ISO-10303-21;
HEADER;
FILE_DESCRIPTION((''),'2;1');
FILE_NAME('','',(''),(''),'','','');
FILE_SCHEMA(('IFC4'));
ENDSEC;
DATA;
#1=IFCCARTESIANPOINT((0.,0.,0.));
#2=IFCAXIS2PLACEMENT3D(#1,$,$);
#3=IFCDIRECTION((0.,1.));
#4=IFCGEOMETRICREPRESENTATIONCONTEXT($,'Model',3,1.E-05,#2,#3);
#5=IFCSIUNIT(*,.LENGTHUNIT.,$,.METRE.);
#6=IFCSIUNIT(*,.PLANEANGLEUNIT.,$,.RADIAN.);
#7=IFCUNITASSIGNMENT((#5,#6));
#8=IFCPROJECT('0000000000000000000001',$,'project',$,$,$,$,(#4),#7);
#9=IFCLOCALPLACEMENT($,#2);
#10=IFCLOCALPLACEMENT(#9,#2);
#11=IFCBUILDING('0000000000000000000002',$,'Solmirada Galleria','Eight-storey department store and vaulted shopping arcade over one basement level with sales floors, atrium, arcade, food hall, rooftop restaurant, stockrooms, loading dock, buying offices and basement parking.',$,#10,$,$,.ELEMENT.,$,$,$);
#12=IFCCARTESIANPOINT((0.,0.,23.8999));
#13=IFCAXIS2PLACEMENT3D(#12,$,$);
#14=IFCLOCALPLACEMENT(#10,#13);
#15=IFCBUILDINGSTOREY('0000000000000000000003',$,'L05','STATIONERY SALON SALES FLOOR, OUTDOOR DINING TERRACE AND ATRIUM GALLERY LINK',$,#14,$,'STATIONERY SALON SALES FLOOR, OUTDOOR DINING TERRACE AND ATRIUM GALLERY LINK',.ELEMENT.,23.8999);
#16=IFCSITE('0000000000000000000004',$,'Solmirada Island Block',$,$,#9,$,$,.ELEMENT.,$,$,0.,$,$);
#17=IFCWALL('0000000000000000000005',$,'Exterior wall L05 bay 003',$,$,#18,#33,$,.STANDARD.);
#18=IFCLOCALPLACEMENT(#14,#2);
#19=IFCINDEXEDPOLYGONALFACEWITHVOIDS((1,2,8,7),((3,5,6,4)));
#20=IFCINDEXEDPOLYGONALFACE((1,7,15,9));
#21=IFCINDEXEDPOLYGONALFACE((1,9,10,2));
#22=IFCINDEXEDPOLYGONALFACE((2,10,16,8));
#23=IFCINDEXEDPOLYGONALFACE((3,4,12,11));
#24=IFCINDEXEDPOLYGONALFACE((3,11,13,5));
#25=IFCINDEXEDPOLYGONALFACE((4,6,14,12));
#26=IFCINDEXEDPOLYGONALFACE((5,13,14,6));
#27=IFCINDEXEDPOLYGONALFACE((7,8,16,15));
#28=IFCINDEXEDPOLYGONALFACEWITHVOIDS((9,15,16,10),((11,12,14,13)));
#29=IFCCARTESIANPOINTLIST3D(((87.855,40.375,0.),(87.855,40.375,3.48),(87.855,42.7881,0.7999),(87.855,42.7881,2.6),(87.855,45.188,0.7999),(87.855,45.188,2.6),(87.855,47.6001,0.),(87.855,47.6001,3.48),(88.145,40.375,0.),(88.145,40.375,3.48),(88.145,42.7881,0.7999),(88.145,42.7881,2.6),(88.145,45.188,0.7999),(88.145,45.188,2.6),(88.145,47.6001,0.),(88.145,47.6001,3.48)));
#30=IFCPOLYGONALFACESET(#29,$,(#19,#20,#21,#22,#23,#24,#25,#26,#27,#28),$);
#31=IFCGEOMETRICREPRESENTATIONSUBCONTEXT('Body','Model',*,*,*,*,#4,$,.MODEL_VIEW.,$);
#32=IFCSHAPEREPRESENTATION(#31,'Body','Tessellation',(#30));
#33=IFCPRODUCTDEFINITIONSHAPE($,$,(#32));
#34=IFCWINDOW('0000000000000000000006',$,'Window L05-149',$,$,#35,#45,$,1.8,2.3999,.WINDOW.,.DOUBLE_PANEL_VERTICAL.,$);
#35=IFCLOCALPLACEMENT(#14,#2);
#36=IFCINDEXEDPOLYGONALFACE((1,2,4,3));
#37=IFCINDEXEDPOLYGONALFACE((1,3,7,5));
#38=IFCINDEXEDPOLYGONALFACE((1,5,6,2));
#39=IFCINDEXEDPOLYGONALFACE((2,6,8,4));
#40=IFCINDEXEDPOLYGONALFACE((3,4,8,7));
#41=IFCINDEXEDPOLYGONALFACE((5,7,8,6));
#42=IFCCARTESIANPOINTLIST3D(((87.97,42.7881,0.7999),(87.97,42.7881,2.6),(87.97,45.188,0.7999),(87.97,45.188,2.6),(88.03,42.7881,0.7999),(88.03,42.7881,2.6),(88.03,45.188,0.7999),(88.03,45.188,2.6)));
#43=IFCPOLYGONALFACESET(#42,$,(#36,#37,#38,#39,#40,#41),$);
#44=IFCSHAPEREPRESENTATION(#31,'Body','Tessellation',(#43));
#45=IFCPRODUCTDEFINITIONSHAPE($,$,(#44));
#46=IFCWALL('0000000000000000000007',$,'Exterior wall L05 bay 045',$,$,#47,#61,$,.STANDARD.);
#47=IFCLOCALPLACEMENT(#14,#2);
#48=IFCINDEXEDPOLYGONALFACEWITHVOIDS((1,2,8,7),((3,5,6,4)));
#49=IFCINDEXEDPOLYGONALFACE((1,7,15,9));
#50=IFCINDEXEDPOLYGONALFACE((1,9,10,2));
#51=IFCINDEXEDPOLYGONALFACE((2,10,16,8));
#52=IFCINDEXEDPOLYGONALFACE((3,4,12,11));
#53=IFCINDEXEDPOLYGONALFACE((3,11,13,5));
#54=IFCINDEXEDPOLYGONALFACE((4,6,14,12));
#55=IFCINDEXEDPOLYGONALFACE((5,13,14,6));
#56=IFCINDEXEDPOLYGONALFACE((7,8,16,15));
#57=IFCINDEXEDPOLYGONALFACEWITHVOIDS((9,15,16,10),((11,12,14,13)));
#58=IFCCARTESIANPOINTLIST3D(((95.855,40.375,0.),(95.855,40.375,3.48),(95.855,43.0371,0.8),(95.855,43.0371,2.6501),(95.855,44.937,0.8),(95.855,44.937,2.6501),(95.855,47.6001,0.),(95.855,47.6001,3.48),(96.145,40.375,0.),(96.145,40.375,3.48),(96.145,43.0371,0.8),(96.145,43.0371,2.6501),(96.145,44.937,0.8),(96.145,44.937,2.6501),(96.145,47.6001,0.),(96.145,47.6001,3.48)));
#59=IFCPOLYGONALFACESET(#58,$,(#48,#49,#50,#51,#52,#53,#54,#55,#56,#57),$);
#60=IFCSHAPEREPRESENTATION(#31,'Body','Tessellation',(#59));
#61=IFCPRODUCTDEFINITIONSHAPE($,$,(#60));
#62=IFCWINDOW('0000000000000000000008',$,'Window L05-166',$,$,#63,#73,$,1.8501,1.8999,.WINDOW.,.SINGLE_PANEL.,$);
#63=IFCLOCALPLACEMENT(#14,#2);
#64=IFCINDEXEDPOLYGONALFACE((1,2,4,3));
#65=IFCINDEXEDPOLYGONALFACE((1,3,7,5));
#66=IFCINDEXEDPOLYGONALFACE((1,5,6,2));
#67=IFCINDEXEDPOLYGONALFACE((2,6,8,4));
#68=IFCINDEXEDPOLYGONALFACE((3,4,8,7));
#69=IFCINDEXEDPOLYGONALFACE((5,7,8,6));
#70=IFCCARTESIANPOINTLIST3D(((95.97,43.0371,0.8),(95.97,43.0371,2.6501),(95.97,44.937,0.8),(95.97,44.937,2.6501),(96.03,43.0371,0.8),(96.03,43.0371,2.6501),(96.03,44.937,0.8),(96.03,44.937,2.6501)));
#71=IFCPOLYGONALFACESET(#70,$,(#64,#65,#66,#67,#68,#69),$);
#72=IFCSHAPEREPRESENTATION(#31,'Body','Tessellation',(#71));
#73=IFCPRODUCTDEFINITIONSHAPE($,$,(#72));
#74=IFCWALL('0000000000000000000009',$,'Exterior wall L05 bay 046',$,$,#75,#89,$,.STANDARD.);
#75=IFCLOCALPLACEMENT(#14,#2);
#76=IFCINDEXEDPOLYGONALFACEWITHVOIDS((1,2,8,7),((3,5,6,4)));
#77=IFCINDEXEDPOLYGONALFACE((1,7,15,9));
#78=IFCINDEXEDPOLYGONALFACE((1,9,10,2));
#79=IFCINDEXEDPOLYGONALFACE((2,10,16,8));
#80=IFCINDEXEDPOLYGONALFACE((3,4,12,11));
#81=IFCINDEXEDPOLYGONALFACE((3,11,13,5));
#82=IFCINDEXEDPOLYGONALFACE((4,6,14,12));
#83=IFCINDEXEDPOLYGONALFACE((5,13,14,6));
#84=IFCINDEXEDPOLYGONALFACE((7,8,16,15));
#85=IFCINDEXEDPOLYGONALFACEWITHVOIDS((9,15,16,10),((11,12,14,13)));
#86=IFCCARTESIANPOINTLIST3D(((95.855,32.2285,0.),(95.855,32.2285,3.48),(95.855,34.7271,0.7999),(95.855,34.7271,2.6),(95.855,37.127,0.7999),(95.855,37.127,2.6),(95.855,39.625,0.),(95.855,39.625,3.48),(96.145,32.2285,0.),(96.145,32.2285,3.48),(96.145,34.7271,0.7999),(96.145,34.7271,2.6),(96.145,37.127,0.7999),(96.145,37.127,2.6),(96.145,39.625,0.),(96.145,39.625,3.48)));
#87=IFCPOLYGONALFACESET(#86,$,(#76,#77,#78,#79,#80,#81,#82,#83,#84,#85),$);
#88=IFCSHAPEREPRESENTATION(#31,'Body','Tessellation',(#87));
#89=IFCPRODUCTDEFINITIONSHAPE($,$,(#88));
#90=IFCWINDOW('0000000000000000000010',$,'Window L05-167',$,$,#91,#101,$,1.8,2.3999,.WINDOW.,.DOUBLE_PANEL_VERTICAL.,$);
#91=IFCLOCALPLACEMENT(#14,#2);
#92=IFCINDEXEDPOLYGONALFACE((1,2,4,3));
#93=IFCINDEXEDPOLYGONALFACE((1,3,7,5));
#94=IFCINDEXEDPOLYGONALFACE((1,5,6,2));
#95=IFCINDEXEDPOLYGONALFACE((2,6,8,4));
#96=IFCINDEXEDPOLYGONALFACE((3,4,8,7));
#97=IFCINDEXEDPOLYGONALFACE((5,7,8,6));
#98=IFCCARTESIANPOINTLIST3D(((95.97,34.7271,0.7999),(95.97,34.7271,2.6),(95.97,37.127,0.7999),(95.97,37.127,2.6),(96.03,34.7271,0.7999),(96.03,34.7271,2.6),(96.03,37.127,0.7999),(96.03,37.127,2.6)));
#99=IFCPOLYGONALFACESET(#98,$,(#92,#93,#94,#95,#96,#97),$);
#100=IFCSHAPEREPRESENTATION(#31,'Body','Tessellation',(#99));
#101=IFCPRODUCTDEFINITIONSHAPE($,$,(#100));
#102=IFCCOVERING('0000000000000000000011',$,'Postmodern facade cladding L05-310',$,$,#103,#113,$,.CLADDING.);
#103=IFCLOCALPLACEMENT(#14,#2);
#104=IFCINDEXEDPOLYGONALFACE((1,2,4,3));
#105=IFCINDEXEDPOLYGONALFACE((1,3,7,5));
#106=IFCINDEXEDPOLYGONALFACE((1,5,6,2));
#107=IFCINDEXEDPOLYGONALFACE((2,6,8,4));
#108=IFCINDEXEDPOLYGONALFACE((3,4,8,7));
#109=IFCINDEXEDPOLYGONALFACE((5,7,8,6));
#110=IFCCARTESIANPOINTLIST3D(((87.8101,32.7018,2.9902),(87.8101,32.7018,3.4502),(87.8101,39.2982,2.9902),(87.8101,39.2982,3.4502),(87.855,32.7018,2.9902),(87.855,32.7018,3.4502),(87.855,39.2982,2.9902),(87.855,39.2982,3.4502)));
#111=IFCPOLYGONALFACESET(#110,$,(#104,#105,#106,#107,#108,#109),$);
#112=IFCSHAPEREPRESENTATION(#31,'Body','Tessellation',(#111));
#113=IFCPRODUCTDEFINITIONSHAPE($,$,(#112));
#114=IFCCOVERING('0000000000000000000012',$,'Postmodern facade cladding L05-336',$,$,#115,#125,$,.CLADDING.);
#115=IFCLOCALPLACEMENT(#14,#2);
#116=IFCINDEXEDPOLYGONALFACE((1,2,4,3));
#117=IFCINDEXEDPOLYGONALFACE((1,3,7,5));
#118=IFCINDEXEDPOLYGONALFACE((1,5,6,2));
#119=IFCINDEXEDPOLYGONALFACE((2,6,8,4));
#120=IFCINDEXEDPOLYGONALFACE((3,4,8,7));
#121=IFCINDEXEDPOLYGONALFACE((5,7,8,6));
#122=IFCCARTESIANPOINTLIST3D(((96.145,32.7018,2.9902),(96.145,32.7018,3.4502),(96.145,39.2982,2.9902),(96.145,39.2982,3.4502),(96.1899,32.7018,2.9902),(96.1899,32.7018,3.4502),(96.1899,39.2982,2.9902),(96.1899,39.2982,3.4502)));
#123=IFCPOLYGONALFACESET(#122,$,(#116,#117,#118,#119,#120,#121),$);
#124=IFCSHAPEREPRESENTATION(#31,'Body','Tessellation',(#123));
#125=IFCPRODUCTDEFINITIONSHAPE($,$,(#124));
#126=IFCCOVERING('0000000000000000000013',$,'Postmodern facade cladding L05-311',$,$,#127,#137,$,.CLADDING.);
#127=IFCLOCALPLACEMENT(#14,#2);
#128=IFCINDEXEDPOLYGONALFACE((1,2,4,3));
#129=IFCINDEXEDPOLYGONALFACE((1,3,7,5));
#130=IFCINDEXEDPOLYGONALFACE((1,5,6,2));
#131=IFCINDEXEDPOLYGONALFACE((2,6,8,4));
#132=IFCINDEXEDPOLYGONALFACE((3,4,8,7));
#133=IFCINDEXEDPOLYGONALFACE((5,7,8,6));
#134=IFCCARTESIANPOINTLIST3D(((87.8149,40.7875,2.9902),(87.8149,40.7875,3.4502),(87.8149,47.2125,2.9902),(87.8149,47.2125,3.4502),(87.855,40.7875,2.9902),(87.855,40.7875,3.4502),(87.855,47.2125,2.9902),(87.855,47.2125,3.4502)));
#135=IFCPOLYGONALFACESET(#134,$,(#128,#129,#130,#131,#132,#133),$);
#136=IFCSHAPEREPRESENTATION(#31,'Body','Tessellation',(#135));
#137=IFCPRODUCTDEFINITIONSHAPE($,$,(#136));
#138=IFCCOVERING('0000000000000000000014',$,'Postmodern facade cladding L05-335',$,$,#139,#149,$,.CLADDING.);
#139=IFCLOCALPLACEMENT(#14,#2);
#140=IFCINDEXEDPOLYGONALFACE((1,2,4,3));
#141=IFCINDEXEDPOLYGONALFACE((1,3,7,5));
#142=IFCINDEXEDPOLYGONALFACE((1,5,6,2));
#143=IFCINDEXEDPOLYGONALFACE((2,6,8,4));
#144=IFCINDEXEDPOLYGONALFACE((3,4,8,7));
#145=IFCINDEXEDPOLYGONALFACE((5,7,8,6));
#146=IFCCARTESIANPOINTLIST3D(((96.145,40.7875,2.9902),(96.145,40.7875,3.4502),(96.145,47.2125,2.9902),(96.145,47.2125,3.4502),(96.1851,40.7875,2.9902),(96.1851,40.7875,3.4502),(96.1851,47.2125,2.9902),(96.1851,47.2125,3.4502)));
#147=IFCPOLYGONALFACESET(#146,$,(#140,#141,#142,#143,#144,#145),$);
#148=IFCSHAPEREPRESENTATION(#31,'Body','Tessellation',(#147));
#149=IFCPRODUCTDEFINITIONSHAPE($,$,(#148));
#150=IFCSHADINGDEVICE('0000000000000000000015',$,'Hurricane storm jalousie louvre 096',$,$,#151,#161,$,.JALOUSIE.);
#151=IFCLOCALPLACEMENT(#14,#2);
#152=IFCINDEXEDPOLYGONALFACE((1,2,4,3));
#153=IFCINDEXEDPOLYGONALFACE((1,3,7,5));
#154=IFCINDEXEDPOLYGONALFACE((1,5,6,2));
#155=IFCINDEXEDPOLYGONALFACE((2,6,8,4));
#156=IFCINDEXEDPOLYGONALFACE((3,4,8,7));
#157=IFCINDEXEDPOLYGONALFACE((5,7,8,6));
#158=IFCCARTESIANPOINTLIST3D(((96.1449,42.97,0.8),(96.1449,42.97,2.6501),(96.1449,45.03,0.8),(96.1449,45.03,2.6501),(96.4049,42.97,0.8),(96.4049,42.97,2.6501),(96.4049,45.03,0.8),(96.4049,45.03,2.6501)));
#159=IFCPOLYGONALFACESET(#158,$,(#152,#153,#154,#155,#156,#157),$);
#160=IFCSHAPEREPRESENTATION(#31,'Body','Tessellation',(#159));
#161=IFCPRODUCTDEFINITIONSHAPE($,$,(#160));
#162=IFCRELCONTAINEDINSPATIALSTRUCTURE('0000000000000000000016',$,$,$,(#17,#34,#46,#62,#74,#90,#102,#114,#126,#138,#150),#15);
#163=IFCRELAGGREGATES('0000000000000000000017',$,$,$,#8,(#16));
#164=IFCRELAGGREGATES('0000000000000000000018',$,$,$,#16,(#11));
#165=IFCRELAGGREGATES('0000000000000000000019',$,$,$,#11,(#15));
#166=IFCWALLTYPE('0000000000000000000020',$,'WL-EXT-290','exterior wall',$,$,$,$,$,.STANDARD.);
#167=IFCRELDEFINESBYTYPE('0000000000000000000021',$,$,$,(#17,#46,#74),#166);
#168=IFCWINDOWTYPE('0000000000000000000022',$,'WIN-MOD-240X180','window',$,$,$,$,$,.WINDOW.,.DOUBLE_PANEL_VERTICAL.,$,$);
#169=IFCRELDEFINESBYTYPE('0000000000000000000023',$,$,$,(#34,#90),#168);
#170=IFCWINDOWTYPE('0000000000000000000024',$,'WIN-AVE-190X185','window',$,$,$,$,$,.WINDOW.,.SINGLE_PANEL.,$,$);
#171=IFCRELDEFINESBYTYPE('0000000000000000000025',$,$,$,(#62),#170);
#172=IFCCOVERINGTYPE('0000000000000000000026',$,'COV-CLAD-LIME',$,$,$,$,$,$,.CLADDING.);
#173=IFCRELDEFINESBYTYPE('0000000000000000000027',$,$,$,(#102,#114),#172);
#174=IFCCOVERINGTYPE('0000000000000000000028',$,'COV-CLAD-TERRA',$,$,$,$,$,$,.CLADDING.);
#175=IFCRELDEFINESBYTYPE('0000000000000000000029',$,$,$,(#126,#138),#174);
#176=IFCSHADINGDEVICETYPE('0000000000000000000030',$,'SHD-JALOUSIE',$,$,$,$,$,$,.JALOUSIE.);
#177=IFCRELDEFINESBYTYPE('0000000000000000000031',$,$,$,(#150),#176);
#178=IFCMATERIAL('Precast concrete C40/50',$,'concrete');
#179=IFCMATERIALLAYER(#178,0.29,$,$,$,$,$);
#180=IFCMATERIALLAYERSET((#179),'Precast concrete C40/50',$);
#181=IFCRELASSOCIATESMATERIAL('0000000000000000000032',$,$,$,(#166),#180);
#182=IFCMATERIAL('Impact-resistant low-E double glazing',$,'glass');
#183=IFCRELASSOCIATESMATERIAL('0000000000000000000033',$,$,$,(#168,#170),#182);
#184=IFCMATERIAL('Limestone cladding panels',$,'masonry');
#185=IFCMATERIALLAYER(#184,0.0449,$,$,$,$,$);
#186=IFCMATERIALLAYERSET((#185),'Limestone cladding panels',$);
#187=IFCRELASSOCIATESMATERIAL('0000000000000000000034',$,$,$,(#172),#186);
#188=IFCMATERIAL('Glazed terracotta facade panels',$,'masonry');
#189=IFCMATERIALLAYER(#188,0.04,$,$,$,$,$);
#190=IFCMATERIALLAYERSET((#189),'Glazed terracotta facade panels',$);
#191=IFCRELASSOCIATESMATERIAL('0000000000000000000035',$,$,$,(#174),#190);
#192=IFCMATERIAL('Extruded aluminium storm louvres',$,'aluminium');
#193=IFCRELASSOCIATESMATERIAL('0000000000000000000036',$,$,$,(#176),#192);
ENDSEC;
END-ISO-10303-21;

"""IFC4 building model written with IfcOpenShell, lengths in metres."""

from ifc_helpers import new_model, si_unit, direction, frame, frame_2d, origin, origin_2d, place, context, subcontext, project, spatial, rectangle, extrude, material, layer, layer_set, type_object, element, fill, save


model = new_model("IFC4")

# Units and contexts
model_context = context("Model", 3, precision=1e-05, world=origin(), true_north=direction((0.0, 1.0)))
body_context = subcontext(model_context, "Body", "Model", "MODEL_VIEW")
ifc_project = project(units=[si_unit("LENGTHUNIT", "METRE"), si_unit("PLANEANGLEUNIT", "RADIAN")], contexts=[model_context])

# Site, building, storey
site_placement = place(None, origin())
site = spatial("IfcSite", under=ifc_project, at=site_placement, Name="Solmirada Island Block", CompositionType="ELEMENT", RefElevation=0.0)
building_placement = place(site_placement, origin())
building = spatial("IfcBuilding", under=site, at=building_placement, Name="Solmirada Galleria", Description="Eight-storey department store and vaulted shopping arcade over one basement level with sales floors, atrium, arcade, food hall, rooftop restaurant, stockrooms, loading dock, buying offices and basement parking.", CompositionType="ELEMENT")
storey_placement = place(building_placement, frame((0.0, 0.0, 23.8999)))
storey = spatial("IfcBuildingStorey", under=building, at=storey_placement, Name="L05", Description="STATIONERY SALON SALES FLOOR, OUTDOOR DINING TERRACE AND ATRIUM GALLERY LINK", LongName="STATIONERY SALON SALES FLOOR, OUTDOOR DINING TERRACE AND ATRIUM GALLERY LINK", CompositionType="ELEMENT", Elevation=23.8999)

# Shared definitions
ifc_material_1 = material(Name="Impact-resistant low-E double glazing", Category="glass")

# Walls, openings, windows
ifc_material_2 = material(Name="Precast concrete C40/50", Category="concrete")
ifc_layer_1 = layer(ifc_material_2, 0.29)
ifc_layer_set_1 = layer_set([ifc_layer_1], Name="Precast concrete C40/50")
wall_type = type_object("IfcWallType", Name="WL-EXT-290", Description="exterior wall", PredefinedType="STANDARD", material=ifc_layer_set_1)
wall_1_placement = place(storey_placement, frame((88.0, 40.375, 0.0), z_axis=(0.0, 0.0, 1.0), x_axis=(0.0, 1.0, 0.0)))
wall_1 = element("IfcWall", 1, at=wall_1_placement, inside=storey, type_object=wall_type, Name="Exterior wall L05 bay 003", PredefinedType="STANDARD", context=body_context, shape_type="SweptSolid", body=[
    extrude(rectangle(XDim=7.2251, YDim=0.29, at=frame_2d((3.6125, 0.0))), origin(), (0.0, 0.0, 1.0), 3.48),
])
opening_1_placement = place(wall_1_placement, frame((2.4131, 0.0, 0.8)))
opening_1 = element("IfcOpeningElement", 2, at=opening_1_placement, cuts=wall_1, PredefinedType="OPENING", context=body_context, shape_type="SweptSolid", body=[
    extrude(rectangle(XDim=2.3999, YDim=1.8, at=frame_2d((1.2, 0.8999))), frame((0.0, 0.155, 0.0), z_axis=(0.0, -1.0, 0.0), x_axis=(1.0, 0.0, 0.0)), (0.0, 0.0, 1.0), 0.3101),
])
window_type_1 = type_object("IfcWindowType", Name="WIN-MOD-240X180", Description="window", PartitioningType="DOUBLE_PANEL_VERTICAL", PredefinedType="WINDOW", material=ifc_material_1)
window_1_placement = place(opening_1_placement, origin())
window_1 = element("IfcWindow", 3, at=window_1_placement, inside=storey, type_object=window_type_1, Name="Window L05-149", OverallHeight=1.8, OverallWidth=2.3999, PartitioningType="DOUBLE_PANEL_VERTICAL", PredefinedType="WINDOW", context=body_context, shape_type="SweptSolid", body=[
    extrude(rectangle(XDim=2.3999, YDim=1.8, at=frame_2d((1.2, 0.8999))), frame((0.0, 0.03, 0.0), z_axis=(0.0, -1.0, 0.0), x_axis=(1.0, 0.0, 0.0)), (0.0, 0.0, 1.0), 0.0601),
])
fill(opening_1, window_1)
wall_2_placement = place(storey_placement, frame((96.0, 47.6001, 0.0), z_axis=(0.0, 0.0, 1.0), x_axis=(0.0, -1.0, 0.0)))
wall_2 = element("IfcWall", 4, at=wall_2_placement, inside=storey, type_object=wall_type, Name="Exterior wall L05 bay 045", PredefinedType="STANDARD", context=body_context, shape_type="SweptSolid", body=[
    extrude(rectangle(XDim=7.2251, YDim=0.29, at=frame_2d((3.6125, 0.0))), origin(), (0.0, 0.0, 1.0), 3.48),
])
opening_2_placement = place(wall_2_placement, frame((2.6631, 0.0, 0.8)))
opening_2 = element("IfcOpeningElement", 5, at=opening_2_placement, cuts=wall_2, PredefinedType="OPENING", context=body_context, shape_type="SweptSolid", body=[
    extrude(rectangle(XDim=1.8999, YDim=1.8501, at=frame_2d((0.95, 0.925))), frame((0.0, 0.155, 0.0), z_axis=(0.0, -1.0, 0.0), x_axis=(1.0, 0.0, 0.0)), (0.0, 0.0, 1.0), 0.3101),
])
window_type_2 = type_object("IfcWindowType", Name="WIN-AVE-190X185", Description="window", PartitioningType="SINGLE_PANEL", PredefinedType="WINDOW", material=ifc_material_1)
window_2_placement = place(opening_2_placement, origin())
window_2 = element("IfcWindow", 6, at=window_2_placement, inside=storey, type_object=window_type_2, Name="Window L05-166", OverallHeight=1.8501, OverallWidth=1.8999, PartitioningType="SINGLE_PANEL", PredefinedType="WINDOW", context=body_context, shape_type="SweptSolid", body=[
    extrude(rectangle(XDim=1.8999, YDim=1.8501, at=frame_2d((0.95, 0.925))), frame((0.0, 0.03, 0.0), z_axis=(0.0, -1.0, 0.0), x_axis=(1.0, 0.0, 0.0)), (0.0, 0.0, 1.0), 0.0601),
])
fill(opening_2, window_2)
wall_3_placement = place(storey_placement, frame((96.0, 39.625, 0.0), z_axis=(0.0, 0.0, 1.0), x_axis=(0.0, -1.0, 0.0)))
wall_3 = element("IfcWall", 7, at=wall_3_placement, inside=storey, type_object=wall_type, Name="Exterior wall L05 bay 046", PredefinedType="STANDARD", context=body_context, shape_type="SweptSolid", body=[
    extrude(rectangle(XDim=7.3965, YDim=0.29, at=frame_2d((3.6982, 0.0))), origin(), (0.0, 0.0, 1.0), 3.48),
])
opening_3_placement = place(wall_3_placement, frame((2.498, 0.0, 0.8)))
opening_3 = element("IfcOpeningElement", 8, at=opening_3_placement, cuts=wall_3, PredefinedType="OPENING", context=body_context, shape_type="SweptSolid", body=[
    extrude(rectangle(XDim=2.3999, YDim=1.8, at=frame_2d((1.2, 0.8999))), frame((0.0, 0.155, 0.0), z_axis=(0.0, -1.0, 0.0), x_axis=(1.0, 0.0, 0.0)), (0.0, 0.0, 1.0), 0.3101),
])
window_3_placement = place(opening_3_placement, origin())
window_3 = element("IfcWindow", 9, at=window_3_placement, inside=storey, type_object=window_type_1, Name="Window L05-167", OverallHeight=1.8, OverallWidth=2.3999, PartitioningType="DOUBLE_PANEL_VERTICAL", PredefinedType="WINDOW", context=body_context, shape_type="SweptSolid", body=[
    extrude(rectangle(XDim=2.3999, YDim=1.8, at=frame_2d((1.2, 0.8999))), frame((0.0, 0.03, 0.0), z_axis=(0.0, -1.0, 0.0), x_axis=(1.0, 0.0, 0.0)), (0.0, 0.0, 1.0), 0.0601),
])
fill(opening_3, window_3)

# Coverings
ifc_material_3 = material(Name="Limestone cladding panels", Category="masonry")
ifc_layer_2 = layer(ifc_material_3, 0.0449)
ifc_layer_set_2 = layer_set([ifc_layer_2], Name="Limestone cladding panels")
covering_type_1 = type_object("IfcCoveringType", Name="COV-CLAD-LIME", PredefinedType="CLADDING", material=ifc_layer_set_2)
for number, where, z_axis, x_axis, name in (
    (10, (87.8325, 36.0, 2.9902), (0.0, 0.0, 1.0), (0.0, 1.0, 0.0), "Postmodern facade cladding L05-310"),
    (11, (96.1675, 36.0, 2.9902), (0.0, 0.0, 1.0), (0.0, -1.0, 0.0), "Postmodern facade cladding L05-336"),
):
    element("IfcCovering", number, at=place(storey_placement, frame(where, z_axis=z_axis, x_axis=x_axis)), inside=storey, type_object=covering_type_1, Name=name, PredefinedType="CLADDING", context=body_context, shape_type="SweptSolid", body=[
        extrude(rectangle(XDim=6.5964, YDim=0.0449, at=origin_2d()), origin(), (0.0, 0.0, 1.0), 0.46),
    ])
ifc_material_4 = material(Name="Glazed terracotta facade panels", Category="masonry")
ifc_layer_3 = layer(ifc_material_4, 0.04)
ifc_layer_set_3 = layer_set([ifc_layer_3], Name="Glazed terracotta facade panels")
covering_type_2 = type_object("IfcCoveringType", Name="COV-CLAD-TERRA", PredefinedType="CLADDING", material=ifc_layer_set_3)
for number, where, z_axis, x_axis, name in (
    (12, (87.835, 44.0, 2.9902), (0.0, 0.0, 1.0), (0.0, 1.0, 0.0), "Postmodern facade cladding L05-311"),
    (13, (96.165, 44.0, 2.9902), (0.0, 0.0, 1.0), (0.0, -1.0, 0.0), "Postmodern facade cladding L05-335"),
):
    element("IfcCovering", number, at=place(storey_placement, frame(where, z_axis=z_axis, x_axis=x_axis)), inside=storey, type_object=covering_type_2, Name=name, PredefinedType="CLADDING", context=body_context, shape_type="SweptSolid", body=[
        extrude(rectangle(XDim=6.425, YDim=0.04, at=origin_2d()), origin(), (0.0, 0.0, 1.0), 0.46),
    ])

# Shading device
ifc_material_5 = material(Name="Extruded aluminium storm louvres", Category="aluminium")
shading_device_type = type_object("IfcShadingDeviceType", Name="SHD-JALOUSIE", PredefinedType="JALOUSIE", material=ifc_material_5)
shading_device_placement = place(storey_placement, frame((96.2749, 44.0, 0.8), z_axis=(0.0, 0.0, 1.0), x_axis=(0.0, -1.0, 0.0)))
element("IfcShadingDevice", 14, at=shading_device_placement, inside=storey, type_object=shading_device_type, Name="Hurricane storm jalousie louvre 096", PredefinedType="JALOUSIE", context=body_context, shape_type="SweptSolid", body=[
    extrude(rectangle(XDim=2.0601, YDim=0.26, at=origin_2d()), origin(), (0.0, 0.0, 1.0), 1.8501),
])

save(model, "model.ifc")
